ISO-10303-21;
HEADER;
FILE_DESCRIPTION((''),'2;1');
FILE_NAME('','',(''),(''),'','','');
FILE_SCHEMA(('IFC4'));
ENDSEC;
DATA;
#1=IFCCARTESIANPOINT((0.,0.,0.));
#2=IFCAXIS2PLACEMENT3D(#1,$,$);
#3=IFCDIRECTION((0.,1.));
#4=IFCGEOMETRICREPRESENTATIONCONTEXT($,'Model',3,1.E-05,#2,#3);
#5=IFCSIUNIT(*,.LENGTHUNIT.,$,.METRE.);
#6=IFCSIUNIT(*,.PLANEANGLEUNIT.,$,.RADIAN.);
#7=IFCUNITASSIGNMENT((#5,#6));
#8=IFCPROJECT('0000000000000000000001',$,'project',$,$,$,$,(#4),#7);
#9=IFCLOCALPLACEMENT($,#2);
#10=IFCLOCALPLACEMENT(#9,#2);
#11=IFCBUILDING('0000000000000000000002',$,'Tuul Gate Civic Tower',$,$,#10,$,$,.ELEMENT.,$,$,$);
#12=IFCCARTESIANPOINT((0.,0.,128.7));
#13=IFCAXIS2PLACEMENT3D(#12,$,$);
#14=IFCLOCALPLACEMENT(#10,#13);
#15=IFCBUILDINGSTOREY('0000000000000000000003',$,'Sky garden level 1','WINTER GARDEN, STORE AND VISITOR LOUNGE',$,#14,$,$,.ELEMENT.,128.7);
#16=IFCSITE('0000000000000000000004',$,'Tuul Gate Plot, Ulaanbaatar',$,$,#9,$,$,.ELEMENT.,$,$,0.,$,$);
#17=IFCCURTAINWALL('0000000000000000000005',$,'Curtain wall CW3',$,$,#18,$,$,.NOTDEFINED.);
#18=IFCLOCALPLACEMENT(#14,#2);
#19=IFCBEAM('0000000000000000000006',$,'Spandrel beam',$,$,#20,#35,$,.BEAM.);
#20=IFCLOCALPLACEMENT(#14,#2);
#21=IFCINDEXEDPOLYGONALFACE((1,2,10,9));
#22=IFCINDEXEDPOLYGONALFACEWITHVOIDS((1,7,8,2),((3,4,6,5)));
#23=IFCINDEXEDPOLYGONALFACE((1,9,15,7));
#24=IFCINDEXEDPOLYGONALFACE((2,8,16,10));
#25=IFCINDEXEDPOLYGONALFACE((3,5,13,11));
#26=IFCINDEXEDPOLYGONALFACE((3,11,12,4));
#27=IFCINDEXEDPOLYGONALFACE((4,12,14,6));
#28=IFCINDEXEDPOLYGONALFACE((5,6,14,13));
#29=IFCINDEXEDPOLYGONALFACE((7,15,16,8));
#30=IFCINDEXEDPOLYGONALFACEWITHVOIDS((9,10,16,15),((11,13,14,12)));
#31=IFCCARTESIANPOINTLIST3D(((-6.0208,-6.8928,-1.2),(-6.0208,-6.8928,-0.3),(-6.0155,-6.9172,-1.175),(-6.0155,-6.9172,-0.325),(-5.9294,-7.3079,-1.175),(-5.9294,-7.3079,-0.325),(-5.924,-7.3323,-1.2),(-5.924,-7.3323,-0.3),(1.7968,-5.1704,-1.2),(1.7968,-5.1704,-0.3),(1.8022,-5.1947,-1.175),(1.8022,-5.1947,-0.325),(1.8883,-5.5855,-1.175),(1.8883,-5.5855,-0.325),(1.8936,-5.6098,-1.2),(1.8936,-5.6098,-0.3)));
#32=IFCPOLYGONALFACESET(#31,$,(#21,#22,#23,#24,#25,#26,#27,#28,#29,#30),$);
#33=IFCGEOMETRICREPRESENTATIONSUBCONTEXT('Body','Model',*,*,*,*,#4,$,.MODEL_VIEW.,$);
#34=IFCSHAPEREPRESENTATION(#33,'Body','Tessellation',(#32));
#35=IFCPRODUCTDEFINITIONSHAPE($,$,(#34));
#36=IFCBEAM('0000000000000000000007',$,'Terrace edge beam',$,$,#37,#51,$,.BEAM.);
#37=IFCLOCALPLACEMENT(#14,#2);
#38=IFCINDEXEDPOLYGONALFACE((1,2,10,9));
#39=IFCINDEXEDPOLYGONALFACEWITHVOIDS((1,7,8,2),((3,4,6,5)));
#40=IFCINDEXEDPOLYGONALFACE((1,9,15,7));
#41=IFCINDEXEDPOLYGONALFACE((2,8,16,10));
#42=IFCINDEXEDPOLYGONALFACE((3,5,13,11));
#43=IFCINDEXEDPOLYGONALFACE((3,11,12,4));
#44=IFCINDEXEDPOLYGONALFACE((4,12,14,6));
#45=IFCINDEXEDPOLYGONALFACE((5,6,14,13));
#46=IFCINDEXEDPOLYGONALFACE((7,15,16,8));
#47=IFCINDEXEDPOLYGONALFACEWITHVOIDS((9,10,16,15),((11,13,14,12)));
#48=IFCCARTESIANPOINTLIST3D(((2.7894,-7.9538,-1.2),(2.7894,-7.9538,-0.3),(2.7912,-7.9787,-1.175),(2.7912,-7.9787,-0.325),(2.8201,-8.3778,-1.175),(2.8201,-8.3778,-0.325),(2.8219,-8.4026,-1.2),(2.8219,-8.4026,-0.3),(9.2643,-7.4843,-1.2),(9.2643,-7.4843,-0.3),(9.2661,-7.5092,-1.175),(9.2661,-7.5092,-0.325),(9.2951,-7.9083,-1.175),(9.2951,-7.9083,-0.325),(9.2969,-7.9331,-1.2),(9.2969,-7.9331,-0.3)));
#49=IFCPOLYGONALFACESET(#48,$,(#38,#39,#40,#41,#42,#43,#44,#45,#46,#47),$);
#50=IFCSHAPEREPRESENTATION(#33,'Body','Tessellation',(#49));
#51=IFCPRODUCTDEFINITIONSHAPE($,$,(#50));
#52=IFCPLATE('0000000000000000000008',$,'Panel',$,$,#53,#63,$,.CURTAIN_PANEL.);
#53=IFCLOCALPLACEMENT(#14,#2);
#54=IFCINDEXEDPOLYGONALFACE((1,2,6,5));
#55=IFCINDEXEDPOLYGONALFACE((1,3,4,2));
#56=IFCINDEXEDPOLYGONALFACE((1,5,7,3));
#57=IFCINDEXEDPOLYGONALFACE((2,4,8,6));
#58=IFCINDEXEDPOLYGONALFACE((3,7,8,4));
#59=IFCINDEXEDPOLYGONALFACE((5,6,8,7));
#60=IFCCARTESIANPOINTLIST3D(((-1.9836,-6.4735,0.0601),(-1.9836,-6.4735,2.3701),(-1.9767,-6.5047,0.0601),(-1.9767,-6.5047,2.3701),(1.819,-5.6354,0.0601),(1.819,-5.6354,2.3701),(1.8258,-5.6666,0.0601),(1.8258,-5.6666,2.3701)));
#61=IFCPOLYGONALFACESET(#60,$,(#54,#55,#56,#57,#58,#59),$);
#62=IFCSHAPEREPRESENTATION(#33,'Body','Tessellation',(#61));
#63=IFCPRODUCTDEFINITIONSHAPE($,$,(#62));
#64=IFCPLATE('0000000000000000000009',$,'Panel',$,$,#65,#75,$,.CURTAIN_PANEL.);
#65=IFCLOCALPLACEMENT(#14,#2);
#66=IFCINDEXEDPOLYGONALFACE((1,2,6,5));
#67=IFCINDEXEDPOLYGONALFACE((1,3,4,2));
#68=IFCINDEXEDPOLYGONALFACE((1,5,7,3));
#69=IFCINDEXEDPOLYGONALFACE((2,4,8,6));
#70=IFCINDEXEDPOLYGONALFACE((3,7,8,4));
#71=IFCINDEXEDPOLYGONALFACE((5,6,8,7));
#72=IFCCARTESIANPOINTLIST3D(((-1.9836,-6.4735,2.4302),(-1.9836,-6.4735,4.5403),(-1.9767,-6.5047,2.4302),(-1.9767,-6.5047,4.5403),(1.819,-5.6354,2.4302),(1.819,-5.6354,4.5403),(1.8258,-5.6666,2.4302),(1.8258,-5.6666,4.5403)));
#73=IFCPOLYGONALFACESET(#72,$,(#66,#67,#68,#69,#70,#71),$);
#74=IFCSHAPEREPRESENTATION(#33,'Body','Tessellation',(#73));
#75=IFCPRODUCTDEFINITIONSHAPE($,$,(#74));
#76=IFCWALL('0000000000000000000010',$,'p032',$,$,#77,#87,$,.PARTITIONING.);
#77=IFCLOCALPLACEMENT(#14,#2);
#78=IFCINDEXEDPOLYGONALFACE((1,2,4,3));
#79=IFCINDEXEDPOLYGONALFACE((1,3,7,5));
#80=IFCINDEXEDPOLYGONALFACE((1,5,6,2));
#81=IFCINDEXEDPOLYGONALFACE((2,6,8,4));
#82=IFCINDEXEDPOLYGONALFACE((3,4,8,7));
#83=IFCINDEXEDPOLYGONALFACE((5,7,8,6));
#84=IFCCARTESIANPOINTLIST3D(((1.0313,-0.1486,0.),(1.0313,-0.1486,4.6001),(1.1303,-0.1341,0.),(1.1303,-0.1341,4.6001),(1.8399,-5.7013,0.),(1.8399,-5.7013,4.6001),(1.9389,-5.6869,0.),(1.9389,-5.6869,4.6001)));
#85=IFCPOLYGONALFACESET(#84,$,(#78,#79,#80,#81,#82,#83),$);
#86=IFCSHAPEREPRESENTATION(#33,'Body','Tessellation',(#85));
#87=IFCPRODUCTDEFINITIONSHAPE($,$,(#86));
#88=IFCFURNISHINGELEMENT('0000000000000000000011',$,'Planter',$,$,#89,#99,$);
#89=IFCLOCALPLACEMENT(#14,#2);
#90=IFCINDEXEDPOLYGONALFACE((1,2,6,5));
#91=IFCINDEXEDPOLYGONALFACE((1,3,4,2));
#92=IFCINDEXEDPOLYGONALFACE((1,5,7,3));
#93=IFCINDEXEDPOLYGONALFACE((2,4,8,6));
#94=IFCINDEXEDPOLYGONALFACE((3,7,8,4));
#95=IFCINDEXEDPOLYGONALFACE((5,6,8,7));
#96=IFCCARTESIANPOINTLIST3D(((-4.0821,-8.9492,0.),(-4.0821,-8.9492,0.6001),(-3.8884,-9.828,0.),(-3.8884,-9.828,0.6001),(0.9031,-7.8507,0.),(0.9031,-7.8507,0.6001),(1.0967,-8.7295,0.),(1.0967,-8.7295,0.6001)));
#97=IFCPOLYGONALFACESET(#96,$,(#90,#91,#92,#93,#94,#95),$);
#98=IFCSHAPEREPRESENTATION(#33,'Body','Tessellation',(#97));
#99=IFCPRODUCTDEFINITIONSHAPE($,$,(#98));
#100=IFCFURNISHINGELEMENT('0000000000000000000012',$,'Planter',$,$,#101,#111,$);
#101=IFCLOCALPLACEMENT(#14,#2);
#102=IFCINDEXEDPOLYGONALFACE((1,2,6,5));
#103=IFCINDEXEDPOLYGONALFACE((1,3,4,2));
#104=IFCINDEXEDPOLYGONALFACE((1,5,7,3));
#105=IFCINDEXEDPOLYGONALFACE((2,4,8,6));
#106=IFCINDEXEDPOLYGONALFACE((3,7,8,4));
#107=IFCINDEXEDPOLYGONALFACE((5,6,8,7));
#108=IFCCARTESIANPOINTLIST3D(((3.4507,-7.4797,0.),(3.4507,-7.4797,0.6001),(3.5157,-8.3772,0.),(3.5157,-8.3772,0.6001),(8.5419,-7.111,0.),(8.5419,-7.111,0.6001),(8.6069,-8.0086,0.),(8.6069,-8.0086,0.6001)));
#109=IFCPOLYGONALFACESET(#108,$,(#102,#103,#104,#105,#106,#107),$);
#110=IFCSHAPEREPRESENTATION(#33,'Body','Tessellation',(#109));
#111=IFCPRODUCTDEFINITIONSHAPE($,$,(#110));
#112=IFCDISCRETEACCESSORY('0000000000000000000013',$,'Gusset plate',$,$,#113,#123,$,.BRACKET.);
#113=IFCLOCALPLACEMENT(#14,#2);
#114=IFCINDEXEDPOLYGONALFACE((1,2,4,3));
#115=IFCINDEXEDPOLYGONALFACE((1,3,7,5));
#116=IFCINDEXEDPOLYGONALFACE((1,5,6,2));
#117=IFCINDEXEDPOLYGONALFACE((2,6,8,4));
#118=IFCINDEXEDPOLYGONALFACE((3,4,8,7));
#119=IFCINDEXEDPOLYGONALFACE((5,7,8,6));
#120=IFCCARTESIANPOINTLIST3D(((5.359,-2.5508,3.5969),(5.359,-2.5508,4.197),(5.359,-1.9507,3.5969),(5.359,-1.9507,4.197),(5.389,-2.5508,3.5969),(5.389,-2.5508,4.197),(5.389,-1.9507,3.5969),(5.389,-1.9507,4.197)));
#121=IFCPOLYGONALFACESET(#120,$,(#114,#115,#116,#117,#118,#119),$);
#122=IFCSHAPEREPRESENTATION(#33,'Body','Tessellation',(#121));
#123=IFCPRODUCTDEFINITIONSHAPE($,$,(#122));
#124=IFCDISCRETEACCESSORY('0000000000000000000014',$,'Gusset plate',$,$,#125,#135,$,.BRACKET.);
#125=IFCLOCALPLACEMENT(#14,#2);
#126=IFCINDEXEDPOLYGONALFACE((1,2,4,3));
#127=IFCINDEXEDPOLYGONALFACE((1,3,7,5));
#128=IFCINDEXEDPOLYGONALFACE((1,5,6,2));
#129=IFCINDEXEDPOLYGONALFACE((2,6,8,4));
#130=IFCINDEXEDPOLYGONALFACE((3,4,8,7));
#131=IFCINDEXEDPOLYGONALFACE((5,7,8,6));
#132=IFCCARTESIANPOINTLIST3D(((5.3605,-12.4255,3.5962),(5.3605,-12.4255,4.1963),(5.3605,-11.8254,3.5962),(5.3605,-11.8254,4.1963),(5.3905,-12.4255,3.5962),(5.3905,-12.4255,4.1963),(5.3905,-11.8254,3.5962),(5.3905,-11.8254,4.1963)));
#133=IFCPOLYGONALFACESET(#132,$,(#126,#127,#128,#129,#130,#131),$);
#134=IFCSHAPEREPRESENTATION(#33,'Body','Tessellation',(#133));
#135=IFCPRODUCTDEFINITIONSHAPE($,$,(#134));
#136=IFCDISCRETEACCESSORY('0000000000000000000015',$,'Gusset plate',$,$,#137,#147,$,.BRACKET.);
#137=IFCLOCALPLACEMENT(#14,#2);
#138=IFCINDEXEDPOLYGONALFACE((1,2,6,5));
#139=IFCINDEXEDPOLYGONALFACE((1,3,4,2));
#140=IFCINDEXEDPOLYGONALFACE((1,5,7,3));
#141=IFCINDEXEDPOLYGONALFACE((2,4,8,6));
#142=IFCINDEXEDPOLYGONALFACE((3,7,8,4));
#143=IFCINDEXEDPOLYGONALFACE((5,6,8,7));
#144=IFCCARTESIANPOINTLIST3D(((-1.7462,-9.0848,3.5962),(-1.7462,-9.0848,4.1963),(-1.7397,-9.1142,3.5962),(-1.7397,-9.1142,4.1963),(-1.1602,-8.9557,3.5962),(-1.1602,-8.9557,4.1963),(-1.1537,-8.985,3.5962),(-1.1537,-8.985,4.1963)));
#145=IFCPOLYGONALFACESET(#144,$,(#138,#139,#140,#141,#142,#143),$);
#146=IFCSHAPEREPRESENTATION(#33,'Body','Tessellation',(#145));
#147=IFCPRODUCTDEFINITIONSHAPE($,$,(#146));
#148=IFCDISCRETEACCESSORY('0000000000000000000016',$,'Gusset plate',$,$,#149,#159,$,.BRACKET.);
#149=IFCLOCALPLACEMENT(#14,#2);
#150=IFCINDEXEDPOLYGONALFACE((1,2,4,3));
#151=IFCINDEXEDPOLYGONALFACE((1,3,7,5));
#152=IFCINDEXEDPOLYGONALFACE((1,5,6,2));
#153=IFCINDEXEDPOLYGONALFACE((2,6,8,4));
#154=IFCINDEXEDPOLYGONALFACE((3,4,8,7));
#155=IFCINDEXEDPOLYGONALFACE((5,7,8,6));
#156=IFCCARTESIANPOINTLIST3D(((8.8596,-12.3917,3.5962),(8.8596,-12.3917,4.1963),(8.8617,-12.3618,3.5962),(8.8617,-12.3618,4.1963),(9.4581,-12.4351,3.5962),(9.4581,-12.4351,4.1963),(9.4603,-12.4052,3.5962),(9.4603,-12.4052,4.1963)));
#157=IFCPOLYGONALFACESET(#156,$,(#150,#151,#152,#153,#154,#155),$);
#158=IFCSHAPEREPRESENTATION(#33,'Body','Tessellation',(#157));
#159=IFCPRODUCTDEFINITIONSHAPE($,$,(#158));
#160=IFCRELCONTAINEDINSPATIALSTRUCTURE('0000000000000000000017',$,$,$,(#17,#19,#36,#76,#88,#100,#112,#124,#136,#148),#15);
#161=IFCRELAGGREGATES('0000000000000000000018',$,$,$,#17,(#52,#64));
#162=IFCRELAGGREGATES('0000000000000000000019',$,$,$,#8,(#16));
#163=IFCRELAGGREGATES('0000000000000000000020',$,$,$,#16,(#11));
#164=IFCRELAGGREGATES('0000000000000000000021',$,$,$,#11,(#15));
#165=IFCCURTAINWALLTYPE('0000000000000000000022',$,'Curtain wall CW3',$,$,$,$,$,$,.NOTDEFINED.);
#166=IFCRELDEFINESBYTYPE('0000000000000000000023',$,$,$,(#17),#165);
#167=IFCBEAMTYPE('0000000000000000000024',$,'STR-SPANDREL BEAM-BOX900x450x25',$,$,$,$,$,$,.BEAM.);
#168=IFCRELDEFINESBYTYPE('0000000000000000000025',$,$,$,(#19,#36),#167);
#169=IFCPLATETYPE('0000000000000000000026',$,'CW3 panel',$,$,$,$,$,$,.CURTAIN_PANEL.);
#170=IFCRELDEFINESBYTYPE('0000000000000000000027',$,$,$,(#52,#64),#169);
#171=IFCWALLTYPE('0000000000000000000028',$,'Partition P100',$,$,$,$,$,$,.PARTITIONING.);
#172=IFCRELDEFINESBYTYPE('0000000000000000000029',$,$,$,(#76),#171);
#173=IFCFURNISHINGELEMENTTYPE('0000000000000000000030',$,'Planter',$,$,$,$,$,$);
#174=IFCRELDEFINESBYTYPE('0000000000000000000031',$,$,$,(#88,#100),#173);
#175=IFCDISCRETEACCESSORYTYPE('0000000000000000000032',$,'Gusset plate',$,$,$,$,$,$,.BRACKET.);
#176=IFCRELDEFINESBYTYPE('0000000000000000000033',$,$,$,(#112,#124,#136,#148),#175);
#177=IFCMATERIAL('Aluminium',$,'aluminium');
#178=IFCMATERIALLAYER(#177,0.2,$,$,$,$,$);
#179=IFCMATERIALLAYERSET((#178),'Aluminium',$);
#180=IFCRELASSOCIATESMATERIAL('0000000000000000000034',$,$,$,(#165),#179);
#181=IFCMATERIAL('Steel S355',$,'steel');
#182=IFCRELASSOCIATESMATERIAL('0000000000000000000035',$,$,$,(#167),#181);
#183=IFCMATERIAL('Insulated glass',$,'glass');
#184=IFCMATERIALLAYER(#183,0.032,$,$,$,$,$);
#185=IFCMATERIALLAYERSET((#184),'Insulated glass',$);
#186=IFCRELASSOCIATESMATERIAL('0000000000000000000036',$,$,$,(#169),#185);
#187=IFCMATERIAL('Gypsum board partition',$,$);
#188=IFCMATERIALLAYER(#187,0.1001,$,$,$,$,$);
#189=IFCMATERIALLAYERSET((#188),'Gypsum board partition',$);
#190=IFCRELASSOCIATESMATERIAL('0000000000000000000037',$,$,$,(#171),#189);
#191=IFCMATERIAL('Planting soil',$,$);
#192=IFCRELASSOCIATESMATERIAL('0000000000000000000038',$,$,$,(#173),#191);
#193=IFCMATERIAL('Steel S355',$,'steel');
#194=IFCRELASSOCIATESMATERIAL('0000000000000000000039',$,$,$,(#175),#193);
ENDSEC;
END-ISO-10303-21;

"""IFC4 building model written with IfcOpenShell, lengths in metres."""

from ifc_helpers import new_model, si_unit, direction, frame, frame_2d, origin, origin_2d, place, context, subcontext, project, spatial, rectangle, hollow_rectangle, extrude, material, layer, layer_set, material_profile, profile_set, type_object, element, aggregate, save


model = new_model("IFC4")

# Units and contexts
model_context = context("Model", 3, precision=1e-05, world=origin(), true_north=direction((0.0, 1.0)))
body_context = subcontext(model_context, "Body", "Model", "MODEL_VIEW")
ifc_project = project(units=[si_unit("LENGTHUNIT", "METRE"), si_unit("PLANEANGLEUNIT", "RADIAN")], contexts=[model_context])

# Site, building, storey
site_placement = place(None, origin())
site = spatial("IfcSite", under=ifc_project, at=site_placement, Name="Tuul Gate Plot, Ulaanbaatar", CompositionType="ELEMENT", RefElevation=0.0)
building_placement = place(site_placement, origin())
building = spatial("IfcBuilding", under=site, at=building_placement, Name="Tuul Gate Civic Tower", CompositionType="ELEMENT")
storey_placement = place(building_placement, frame((0.0, 0.0, 128.7)))
storey = spatial("IfcBuildingStorey", under=building, at=storey_placement, Name="Sky garden level 1", Description="WINTER GARDEN, STORE AND VISITOR LOUNGE", CompositionType="ELEMENT", Elevation=128.7)

# Curtain wall
ifc_material_1 = material(Name="Aluminium", Category="aluminium")
ifc_layer_1 = layer(ifc_material_1, 0.2)
ifc_layer_set_1 = layer_set([ifc_layer_1], Name="Aluminium")
curtain_wall_type = type_object("IfcCurtainWallType", Name="Curtain wall CW3", PredefinedType="NOTDEFINED", material=ifc_layer_set_1)
curtain_wall_placement = place(storey_placement, origin())
curtain_wall = element("IfcCurtainWall", 1, at=curtain_wall_placement, inside=storey, type_object=curtain_wall_type, Name="Curtain wall CW3", PredefinedType="NOTDEFINED")

# Beams
ifc_material_2 = material(Name="Steel S355", Category="steel")
ifc_material_profile_1 = material_profile(ifc_material_2, hollow_rectangle(XDim=0.45, YDim=0.8999, WallThickness=0.0249, at=origin_2d()), Name="BOX900x450x25")
ifc_profile_set_1 = profile_set([ifc_material_profile_1], Name="Steel S355")
beam_type_1 = type_object("IfcBeamType", Name="STR-SPANDREL BEAM-BOX900x450x25", PredefinedType="BEAM", material=ifc_profile_set_1)
beam_1_placement = place(storey_placement, frame((1.8452, -5.3901, -0.75), z_axis=(-0.976578, -0.215164, 0.0), x_axis=(0.215164, -0.976578, 0.0)))
element("IfcBeam", 2, at=beam_1_placement, inside=storey, type_object=beam_type_1, Name="Spandrel beam", PredefinedType="BEAM", context=body_context, shape_type="SweptSolid", body=[
    extrude(hollow_rectangle(XDim=0.45, YDim=0.8999, WallThickness=0.0249, at=origin_2d()), origin(), (0.0, 0.0, 1.0), 8.0051),
])
beam_2_placement = place(storey_placement, frame((2.8057, -8.1782, -0.75), z_axis=(0.997382, 0.072319, 0.0), x_axis=(-0.072319, 0.997382, 0.0)))
element("IfcBeam", 3, at=beam_2_placement, inside=storey, type_object=beam_type_1, Name="Terrace edge beam", PredefinedType="BEAM", context=body_context, shape_type="SweptSolid", body=[
    extrude(hollow_rectangle(XDim=0.45, YDim=0.8999, WallThickness=0.0249, at=origin_2d()), origin(), (0.0, 0.0, 1.0), 6.4919),
])

# Plates
ifc_material_3 = material(Name="Insulated glass", Category="glass")
ifc_layer_2 = layer(ifc_material_3, 0.032)
ifc_layer_set_2 = layer_set([ifc_layer_2], Name="Insulated glass")
plate_type = type_object("IfcPlateType", Name="CW3 panel", PredefinedType="CURTAIN_PANEL", material=ifc_layer_set_2)
plate_1_placement = place(storey_placement, frame((-0.0789, -6.0701, 0.0601), z_axis=(0.0, 0.0, 1.0), x_axis=(0.976561, 0.215242, 0.0)))
plate_1 = element("IfcPlate", 4, at=plate_1_placement, type_object=plate_type, Name="Panel", PredefinedType="CURTAIN_PANEL", context=body_context, shape_type="SweptSolid", body=[
    extrude(rectangle(XDim=3.8938, YDim=0.032, at=origin_2d()), origin(), (0.0, 0.0, 1.0), 2.3101),
])
plate_2_placement = place(storey_placement, frame((-0.0789, -6.0701, 2.4302), z_axis=(0.0, 0.0, 1.0), x_axis=(0.976561, 0.215242, 0.0)))
plate_2 = element("IfcPlate", 5, at=plate_2_placement, type_object=plate_type, Name="Panel", PredefinedType="CURTAIN_PANEL", context=body_context, shape_type="SweptSolid", body=[
    extrude(rectangle(XDim=3.8938, YDim=0.032, at=origin_2d()), origin(), (0.0, 0.0, 1.0), 2.1101),
])
aggregate(curtain_wall, [plate_1, plate_2])

# Wall
ifc_material_4 = material(Name="Gypsum board partition")
ifc_layer_3 = layer(ifc_material_4, 0.1001)
ifc_layer_set_3 = layer_set([ifc_layer_3], Name="Gypsum board partition")
wall_type_1 = type_object("IfcWallType", Name="Partition P100", PredefinedType="PARTITIONING", material=ifc_layer_set_3)
wall_1_placement = place(storey_placement, frame((1.0808, -0.1414, 0.0), z_axis=(0.0, 0.0, 1.0), x_axis=(0.144101, -0.989563, 0.0)))
element("IfcWall", 6, at=wall_1_placement, inside=storey, type_object=wall_type_1, Name="p032", PredefinedType="PARTITIONING", context=body_context, shape_type="SweptSolid", body=[
    extrude(rectangle(XDim=5.6113, YDim=0.1001, at=frame_2d((2.8057, 0.0))), origin(), (0.0, 0.0, 1.0), 4.6001),
])

# Furnishing elements
ifc_material_5 = material(Name="Planting soil")
furnishing_element_type = type_object("IfcFurnishingElementType", Name="Planter", material=ifc_material_5)
furnishing_1_placement = place(storey_placement, frame((-1.4927, -8.8394, 0.0), z_axis=(0.0, 0.0, 1.0), x_axis=(0.976571, 0.215195, 0.0)))
element("IfcFurnishingElement", 7, at=furnishing_1_placement, inside=storey, type_object=furnishing_element_type, Name="Planter", context=body_context, shape_type="SweptSolid", body=[
    extrude(rectangle(XDim=5.1047, YDim=0.8999, at=origin_2d()), origin(), (0.0, 0.0, 1.0), 0.6001),
])
furnishing_2_placement = place(storey_placement, frame((6.0288, -7.7441, 0.0), z_axis=(0.0, 0.0, 1.0), x_axis=(0.997389, 0.072222, 0.0)))
element("IfcFurnishingElement", 8, at=furnishing_2_placement, inside=storey, type_object=furnishing_element_type, Name="Planter", context=body_context, shape_type="SweptSolid", body=[
    extrude(rectangle(XDim=5.1045, YDim=0.8999, at=origin_2d()), origin(), (0.0, 0.0, 1.0), 0.6001),
])

# Discrete accessories
ifc_material_6 = material(Name="Steel S355", Category="steel")
discrete_accessory_type = type_object("IfcDiscreteAccessoryType", Name="Gusset plate", PredefinedType="BRACKET", material=ifc_material_6)
for number, where, z_axis, x_axis, name in (
    (9, (5.374, -2.2507, 3.5969), (0.0, 0.0, 1.0), (0.0, 1.0, 0.0), "Gusset plate"),
    (10, (5.3755, -12.1255, 3.5962), (0.0, 0.0, 1.0), (0.0, 1.0, 0.0), "Gusset plate"),
    (11, (-1.45, -9.0349, 3.5962), (0.0, 0.0, 1.0), (-0.976564, -0.215229, 0.0), "Gusset plate"),
    (12, (9.1599, -12.3984, 3.5962), (0.0, 0.0, 1.0), (-0.997382, 0.072314, 0.0), "Gusset plate"),
):
    element("IfcDiscreteAccessory", number, at=place(storey_placement, frame(where, z_axis=z_axis, x_axis=x_axis)), inside=storey, type_object=discrete_accessory_type, Name=name, PredefinedType="BRACKET", context=body_context, shape_type="SweptSolid", body=[
        extrude(rectangle(XDim=0.6001, YDim=0.03, at=origin_2d()), origin(), (0.0, 0.0, 1.0), 0.6001),
    ])

save(model, "model.ifc")
